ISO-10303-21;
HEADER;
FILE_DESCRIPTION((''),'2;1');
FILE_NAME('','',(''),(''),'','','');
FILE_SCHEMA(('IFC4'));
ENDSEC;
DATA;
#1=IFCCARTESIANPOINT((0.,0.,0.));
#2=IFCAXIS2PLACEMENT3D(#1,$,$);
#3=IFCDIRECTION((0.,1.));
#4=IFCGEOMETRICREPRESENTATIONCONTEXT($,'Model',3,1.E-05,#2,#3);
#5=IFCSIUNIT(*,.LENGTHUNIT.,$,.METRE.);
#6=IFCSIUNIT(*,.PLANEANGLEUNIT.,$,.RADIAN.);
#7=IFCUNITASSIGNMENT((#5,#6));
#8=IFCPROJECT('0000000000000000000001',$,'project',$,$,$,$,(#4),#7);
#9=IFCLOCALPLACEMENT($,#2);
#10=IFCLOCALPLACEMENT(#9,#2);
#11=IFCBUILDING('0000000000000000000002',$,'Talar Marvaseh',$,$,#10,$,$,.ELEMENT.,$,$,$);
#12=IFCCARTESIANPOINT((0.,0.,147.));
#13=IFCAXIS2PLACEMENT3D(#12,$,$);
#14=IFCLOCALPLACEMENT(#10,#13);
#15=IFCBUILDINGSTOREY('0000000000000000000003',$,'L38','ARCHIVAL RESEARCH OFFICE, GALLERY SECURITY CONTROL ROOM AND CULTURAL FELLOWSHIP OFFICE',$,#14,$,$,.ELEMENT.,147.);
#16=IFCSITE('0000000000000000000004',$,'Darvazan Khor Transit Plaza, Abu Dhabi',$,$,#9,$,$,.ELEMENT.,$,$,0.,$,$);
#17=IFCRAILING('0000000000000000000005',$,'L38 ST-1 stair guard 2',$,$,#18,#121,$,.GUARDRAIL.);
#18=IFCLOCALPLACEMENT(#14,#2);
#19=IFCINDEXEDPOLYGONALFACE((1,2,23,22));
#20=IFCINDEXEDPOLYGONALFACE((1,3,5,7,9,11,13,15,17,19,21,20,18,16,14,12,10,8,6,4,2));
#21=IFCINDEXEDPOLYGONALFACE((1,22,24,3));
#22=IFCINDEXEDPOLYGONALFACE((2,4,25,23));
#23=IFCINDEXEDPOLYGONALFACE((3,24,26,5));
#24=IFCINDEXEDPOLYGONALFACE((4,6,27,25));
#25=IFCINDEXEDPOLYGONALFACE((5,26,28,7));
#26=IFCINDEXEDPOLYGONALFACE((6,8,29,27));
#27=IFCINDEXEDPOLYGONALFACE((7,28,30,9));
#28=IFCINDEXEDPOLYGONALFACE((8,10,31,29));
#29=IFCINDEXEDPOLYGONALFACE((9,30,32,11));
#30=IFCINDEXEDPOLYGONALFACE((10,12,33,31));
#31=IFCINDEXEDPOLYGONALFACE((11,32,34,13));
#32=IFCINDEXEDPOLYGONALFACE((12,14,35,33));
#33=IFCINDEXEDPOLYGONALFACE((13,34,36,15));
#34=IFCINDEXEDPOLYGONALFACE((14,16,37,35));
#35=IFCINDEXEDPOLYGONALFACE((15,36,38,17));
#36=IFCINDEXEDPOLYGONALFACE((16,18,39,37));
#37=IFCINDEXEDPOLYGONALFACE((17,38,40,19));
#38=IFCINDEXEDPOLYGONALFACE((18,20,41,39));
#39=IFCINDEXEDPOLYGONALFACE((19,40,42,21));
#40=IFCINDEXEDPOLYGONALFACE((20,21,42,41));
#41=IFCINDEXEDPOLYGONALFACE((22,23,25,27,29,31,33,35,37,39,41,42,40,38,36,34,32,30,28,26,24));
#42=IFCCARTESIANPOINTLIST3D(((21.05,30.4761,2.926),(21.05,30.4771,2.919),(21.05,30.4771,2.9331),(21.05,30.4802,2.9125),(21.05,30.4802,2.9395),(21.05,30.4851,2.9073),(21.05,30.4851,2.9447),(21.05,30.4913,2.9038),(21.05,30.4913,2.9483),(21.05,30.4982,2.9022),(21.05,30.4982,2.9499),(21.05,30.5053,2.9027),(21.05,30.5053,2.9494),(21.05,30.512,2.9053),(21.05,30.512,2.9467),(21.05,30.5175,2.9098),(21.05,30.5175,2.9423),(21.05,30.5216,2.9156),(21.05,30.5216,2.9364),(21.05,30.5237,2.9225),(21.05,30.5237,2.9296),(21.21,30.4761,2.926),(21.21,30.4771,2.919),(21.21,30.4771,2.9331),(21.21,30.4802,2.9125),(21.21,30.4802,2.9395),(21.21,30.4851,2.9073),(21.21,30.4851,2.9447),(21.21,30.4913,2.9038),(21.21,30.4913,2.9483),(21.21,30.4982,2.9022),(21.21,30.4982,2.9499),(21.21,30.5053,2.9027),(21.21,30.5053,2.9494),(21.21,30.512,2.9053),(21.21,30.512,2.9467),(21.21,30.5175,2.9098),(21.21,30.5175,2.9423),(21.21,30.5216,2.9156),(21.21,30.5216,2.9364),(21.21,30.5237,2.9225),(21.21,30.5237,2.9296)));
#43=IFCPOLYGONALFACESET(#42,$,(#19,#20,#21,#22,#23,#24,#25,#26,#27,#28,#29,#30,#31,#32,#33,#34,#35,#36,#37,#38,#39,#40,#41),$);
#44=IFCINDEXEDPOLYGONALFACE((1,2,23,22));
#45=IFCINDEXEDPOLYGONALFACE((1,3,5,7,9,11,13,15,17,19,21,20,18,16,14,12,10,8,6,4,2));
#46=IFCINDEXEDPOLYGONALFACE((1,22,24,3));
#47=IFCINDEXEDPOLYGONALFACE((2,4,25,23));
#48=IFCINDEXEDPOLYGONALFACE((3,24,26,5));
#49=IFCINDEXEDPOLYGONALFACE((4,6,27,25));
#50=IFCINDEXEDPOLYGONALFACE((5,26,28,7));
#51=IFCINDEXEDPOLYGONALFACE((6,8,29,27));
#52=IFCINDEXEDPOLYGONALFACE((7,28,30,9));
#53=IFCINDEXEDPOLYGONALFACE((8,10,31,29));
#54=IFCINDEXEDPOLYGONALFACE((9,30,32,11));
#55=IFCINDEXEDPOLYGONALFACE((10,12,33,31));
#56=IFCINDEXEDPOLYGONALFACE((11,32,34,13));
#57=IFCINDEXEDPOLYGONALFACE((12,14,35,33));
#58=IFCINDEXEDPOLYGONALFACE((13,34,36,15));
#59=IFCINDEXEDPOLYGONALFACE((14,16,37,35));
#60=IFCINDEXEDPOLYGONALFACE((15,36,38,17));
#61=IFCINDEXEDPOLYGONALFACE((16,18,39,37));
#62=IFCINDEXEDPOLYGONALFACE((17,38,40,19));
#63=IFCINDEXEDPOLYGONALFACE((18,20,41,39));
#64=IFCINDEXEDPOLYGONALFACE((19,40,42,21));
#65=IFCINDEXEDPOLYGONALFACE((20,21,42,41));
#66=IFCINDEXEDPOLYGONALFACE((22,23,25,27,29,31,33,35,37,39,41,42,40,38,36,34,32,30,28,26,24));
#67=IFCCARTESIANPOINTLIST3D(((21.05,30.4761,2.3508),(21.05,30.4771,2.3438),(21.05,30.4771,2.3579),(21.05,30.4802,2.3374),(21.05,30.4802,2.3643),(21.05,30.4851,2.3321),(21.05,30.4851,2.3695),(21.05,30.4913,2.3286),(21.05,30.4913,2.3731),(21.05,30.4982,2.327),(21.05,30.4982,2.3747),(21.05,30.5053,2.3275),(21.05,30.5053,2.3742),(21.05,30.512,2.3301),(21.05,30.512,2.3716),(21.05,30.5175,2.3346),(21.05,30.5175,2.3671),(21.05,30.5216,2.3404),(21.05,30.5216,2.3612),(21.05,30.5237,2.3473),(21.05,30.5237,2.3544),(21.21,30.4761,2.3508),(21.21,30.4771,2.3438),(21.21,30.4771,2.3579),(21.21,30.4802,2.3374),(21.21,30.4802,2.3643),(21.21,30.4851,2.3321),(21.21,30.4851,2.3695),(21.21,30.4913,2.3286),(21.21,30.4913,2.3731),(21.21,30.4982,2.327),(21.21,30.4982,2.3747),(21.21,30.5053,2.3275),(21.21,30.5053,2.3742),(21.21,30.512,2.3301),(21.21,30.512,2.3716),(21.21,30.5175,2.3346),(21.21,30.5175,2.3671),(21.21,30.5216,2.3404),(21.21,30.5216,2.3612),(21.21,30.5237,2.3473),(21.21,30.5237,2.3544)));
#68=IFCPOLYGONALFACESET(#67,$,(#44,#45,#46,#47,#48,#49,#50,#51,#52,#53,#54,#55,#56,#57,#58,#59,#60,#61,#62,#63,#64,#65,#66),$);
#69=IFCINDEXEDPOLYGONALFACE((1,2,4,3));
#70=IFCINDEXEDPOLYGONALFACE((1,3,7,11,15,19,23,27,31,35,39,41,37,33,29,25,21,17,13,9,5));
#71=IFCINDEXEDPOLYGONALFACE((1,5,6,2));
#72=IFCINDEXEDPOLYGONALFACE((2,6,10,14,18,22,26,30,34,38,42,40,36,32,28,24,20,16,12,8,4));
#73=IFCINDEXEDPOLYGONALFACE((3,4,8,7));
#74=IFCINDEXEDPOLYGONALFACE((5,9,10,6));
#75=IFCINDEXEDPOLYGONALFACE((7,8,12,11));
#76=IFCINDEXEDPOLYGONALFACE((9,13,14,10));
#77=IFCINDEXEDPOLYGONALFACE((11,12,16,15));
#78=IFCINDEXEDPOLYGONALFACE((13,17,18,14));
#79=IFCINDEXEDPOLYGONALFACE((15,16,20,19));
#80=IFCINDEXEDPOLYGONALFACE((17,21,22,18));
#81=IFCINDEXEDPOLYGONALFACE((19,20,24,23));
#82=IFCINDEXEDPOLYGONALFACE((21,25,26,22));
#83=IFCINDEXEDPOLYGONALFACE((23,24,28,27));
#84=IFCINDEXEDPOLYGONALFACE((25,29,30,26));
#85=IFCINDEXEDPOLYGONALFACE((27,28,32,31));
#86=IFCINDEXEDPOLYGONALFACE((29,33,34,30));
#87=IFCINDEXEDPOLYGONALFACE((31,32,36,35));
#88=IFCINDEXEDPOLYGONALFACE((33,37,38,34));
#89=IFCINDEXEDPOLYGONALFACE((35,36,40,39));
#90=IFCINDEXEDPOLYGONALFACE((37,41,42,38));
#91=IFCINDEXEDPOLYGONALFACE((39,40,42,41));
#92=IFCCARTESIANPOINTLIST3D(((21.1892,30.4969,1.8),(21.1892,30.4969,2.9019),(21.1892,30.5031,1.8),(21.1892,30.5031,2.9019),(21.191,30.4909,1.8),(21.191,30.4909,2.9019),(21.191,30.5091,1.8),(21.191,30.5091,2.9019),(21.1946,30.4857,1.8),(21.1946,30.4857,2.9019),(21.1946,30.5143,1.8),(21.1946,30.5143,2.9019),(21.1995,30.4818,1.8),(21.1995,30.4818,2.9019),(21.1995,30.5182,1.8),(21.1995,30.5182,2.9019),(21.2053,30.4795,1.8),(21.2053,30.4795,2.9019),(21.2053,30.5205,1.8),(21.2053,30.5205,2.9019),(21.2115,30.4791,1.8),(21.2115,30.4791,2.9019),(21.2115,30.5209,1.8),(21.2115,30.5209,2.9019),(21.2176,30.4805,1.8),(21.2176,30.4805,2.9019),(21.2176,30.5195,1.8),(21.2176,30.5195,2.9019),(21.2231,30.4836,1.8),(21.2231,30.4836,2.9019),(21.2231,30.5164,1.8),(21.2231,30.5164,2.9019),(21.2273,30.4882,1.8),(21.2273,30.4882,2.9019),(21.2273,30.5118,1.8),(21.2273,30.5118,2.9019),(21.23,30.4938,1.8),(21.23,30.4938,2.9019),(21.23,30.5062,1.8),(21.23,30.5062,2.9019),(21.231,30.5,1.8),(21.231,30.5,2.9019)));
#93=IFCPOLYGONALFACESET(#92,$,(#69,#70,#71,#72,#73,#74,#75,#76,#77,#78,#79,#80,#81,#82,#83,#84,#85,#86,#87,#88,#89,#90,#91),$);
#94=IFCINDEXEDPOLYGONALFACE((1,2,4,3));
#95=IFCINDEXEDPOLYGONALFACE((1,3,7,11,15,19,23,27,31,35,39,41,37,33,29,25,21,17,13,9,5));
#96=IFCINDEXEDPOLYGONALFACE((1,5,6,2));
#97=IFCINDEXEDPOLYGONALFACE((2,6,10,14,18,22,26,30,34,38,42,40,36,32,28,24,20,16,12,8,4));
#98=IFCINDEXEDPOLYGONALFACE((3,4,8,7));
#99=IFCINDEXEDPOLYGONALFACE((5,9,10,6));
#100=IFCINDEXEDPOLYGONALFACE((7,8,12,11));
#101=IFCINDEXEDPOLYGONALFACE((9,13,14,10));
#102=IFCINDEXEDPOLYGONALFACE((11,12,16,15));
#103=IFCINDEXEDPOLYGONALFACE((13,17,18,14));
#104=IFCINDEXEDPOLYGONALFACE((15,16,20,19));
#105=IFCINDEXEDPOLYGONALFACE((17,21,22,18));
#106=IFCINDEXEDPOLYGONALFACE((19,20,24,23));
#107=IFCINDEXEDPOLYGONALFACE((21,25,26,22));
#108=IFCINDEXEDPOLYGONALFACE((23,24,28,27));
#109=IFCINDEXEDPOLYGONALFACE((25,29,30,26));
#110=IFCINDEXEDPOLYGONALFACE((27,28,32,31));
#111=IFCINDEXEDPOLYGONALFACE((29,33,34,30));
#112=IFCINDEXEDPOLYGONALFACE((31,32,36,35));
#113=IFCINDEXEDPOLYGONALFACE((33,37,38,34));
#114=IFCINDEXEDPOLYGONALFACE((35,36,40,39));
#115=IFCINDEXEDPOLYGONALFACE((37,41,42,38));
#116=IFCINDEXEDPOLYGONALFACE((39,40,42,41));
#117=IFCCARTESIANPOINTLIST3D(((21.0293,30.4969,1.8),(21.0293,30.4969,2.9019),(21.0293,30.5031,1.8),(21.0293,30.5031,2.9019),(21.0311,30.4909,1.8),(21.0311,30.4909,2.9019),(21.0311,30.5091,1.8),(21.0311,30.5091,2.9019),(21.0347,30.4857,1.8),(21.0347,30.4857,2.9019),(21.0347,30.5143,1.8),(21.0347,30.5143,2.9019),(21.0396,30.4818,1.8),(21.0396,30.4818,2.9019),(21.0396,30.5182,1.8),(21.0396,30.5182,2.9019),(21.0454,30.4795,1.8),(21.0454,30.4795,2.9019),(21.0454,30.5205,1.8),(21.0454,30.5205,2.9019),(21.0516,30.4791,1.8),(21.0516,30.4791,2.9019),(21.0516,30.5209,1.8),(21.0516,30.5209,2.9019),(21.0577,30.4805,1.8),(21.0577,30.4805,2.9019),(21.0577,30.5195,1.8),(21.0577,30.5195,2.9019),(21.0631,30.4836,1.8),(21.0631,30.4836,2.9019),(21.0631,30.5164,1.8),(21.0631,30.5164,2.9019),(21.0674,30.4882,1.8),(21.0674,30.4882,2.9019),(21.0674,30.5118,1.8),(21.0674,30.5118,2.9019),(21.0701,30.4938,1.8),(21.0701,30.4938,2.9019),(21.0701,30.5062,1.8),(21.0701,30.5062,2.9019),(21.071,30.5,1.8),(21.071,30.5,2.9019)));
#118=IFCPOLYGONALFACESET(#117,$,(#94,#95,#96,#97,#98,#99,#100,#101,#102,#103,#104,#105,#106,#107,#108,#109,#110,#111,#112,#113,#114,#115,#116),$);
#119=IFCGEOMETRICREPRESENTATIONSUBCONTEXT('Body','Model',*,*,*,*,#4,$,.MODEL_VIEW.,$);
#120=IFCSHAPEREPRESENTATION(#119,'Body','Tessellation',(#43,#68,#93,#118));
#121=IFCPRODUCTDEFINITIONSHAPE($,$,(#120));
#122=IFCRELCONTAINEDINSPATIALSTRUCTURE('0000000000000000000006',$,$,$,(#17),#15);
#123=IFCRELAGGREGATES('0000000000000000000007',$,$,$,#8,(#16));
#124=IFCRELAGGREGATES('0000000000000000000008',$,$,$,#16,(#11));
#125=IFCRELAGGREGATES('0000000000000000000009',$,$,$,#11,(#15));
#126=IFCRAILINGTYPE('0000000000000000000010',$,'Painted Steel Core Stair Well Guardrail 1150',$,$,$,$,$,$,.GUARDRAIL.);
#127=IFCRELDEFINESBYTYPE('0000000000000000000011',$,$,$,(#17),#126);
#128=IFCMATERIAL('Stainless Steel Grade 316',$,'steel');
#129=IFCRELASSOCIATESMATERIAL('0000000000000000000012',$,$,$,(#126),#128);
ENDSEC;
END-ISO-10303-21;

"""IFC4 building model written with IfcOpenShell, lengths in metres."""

from ifc_helpers import new_model, si_unit, direction, frame, origin, origin_2d, place, context, subcontext, project, spatial, circle, extrude, material, type_object, element, save


model = new_model("IFC4")

# Units and contexts
model_context = context("Model", 3, precision=1e-05, world=origin(), true_north=direction((0.0, 1.0)))
body_context = subcontext(model_context, "Body", "Model", "MODEL_VIEW")
ifc_project = project(units=[si_unit("LENGTHUNIT", "METRE"), si_unit("PLANEANGLEUNIT", "RADIAN")], contexts=[model_context])

# Site, building, storey
site_placement = place(None, origin())
site = spatial("IfcSite", under=ifc_project, at=site_placement, Name="Darvazan Khor Transit Plaza, Abu Dhabi", CompositionType="ELEMENT", RefElevation=0.0)
building_placement = place(site_placement, origin())
building = spatial("IfcBuilding", under=site, at=building_placement, Name="Talar Marvaseh", CompositionType="ELEMENT")
storey_placement = place(building_placement, frame((0.0, 0.0, 147.0)))
storey = spatial("IfcBuildingStorey", under=building, at=storey_placement, Name="L38", Description="ARCHIVAL RESEARCH OFFICE, GALLERY SECURITY CONTROL ROOM AND CULTURAL FELLOWSHIP OFFICE", CompositionType="ELEMENT", Elevation=147.0)

# Railing
ifc_material_1 = material(Name="Stainless Steel Grade 316", Category="steel")
railing_type_1 = type_object("IfcRailingType", Name="Painted Steel Core Stair Well Guardrail 1150", PredefinedType="GUARDRAIL", material=ifc_material_1)
railing_1_placement = place(storey_placement, frame((21.21, 30.5, 1.8)))
element("IfcRailing", 1, at=railing_1_placement, inside=storey, type_object=railing_type_1, Name="L38 ST-1 stair guard 2", PredefinedType="GUARDRAIL", context=body_context, shape_type="SweptSolid", body=[
    extrude(circle(Radius=0.0239, at=origin_2d()), frame((0.0, 0.0, 1.126), z_axis=(-1.0, 0.0, 0.0), x_axis=(0.0, -1.0, 0.0)), (0.0, 0.0, 1.0), 0.1599),
    extrude(circle(Radius=0.0239, at=origin_2d()), frame((0.0, 0.0, 0.5508), z_axis=(-1.0, 0.0, 0.0), x_axis=(0.0, -1.0, 0.0)), (0.0, 0.0, 1.0), 0.1599),
    extrude(circle(Radius=0.021, at=origin_2d()), origin(), (0.0, 0.0, 1.0), 1.1018),
    extrude(circle(Radius=0.021, at=origin_2d()), frame((-0.1599, 0.0, 0.0)), (0.0, 0.0, 1.0), 1.1018),
])

save(model, "model.ifc")
